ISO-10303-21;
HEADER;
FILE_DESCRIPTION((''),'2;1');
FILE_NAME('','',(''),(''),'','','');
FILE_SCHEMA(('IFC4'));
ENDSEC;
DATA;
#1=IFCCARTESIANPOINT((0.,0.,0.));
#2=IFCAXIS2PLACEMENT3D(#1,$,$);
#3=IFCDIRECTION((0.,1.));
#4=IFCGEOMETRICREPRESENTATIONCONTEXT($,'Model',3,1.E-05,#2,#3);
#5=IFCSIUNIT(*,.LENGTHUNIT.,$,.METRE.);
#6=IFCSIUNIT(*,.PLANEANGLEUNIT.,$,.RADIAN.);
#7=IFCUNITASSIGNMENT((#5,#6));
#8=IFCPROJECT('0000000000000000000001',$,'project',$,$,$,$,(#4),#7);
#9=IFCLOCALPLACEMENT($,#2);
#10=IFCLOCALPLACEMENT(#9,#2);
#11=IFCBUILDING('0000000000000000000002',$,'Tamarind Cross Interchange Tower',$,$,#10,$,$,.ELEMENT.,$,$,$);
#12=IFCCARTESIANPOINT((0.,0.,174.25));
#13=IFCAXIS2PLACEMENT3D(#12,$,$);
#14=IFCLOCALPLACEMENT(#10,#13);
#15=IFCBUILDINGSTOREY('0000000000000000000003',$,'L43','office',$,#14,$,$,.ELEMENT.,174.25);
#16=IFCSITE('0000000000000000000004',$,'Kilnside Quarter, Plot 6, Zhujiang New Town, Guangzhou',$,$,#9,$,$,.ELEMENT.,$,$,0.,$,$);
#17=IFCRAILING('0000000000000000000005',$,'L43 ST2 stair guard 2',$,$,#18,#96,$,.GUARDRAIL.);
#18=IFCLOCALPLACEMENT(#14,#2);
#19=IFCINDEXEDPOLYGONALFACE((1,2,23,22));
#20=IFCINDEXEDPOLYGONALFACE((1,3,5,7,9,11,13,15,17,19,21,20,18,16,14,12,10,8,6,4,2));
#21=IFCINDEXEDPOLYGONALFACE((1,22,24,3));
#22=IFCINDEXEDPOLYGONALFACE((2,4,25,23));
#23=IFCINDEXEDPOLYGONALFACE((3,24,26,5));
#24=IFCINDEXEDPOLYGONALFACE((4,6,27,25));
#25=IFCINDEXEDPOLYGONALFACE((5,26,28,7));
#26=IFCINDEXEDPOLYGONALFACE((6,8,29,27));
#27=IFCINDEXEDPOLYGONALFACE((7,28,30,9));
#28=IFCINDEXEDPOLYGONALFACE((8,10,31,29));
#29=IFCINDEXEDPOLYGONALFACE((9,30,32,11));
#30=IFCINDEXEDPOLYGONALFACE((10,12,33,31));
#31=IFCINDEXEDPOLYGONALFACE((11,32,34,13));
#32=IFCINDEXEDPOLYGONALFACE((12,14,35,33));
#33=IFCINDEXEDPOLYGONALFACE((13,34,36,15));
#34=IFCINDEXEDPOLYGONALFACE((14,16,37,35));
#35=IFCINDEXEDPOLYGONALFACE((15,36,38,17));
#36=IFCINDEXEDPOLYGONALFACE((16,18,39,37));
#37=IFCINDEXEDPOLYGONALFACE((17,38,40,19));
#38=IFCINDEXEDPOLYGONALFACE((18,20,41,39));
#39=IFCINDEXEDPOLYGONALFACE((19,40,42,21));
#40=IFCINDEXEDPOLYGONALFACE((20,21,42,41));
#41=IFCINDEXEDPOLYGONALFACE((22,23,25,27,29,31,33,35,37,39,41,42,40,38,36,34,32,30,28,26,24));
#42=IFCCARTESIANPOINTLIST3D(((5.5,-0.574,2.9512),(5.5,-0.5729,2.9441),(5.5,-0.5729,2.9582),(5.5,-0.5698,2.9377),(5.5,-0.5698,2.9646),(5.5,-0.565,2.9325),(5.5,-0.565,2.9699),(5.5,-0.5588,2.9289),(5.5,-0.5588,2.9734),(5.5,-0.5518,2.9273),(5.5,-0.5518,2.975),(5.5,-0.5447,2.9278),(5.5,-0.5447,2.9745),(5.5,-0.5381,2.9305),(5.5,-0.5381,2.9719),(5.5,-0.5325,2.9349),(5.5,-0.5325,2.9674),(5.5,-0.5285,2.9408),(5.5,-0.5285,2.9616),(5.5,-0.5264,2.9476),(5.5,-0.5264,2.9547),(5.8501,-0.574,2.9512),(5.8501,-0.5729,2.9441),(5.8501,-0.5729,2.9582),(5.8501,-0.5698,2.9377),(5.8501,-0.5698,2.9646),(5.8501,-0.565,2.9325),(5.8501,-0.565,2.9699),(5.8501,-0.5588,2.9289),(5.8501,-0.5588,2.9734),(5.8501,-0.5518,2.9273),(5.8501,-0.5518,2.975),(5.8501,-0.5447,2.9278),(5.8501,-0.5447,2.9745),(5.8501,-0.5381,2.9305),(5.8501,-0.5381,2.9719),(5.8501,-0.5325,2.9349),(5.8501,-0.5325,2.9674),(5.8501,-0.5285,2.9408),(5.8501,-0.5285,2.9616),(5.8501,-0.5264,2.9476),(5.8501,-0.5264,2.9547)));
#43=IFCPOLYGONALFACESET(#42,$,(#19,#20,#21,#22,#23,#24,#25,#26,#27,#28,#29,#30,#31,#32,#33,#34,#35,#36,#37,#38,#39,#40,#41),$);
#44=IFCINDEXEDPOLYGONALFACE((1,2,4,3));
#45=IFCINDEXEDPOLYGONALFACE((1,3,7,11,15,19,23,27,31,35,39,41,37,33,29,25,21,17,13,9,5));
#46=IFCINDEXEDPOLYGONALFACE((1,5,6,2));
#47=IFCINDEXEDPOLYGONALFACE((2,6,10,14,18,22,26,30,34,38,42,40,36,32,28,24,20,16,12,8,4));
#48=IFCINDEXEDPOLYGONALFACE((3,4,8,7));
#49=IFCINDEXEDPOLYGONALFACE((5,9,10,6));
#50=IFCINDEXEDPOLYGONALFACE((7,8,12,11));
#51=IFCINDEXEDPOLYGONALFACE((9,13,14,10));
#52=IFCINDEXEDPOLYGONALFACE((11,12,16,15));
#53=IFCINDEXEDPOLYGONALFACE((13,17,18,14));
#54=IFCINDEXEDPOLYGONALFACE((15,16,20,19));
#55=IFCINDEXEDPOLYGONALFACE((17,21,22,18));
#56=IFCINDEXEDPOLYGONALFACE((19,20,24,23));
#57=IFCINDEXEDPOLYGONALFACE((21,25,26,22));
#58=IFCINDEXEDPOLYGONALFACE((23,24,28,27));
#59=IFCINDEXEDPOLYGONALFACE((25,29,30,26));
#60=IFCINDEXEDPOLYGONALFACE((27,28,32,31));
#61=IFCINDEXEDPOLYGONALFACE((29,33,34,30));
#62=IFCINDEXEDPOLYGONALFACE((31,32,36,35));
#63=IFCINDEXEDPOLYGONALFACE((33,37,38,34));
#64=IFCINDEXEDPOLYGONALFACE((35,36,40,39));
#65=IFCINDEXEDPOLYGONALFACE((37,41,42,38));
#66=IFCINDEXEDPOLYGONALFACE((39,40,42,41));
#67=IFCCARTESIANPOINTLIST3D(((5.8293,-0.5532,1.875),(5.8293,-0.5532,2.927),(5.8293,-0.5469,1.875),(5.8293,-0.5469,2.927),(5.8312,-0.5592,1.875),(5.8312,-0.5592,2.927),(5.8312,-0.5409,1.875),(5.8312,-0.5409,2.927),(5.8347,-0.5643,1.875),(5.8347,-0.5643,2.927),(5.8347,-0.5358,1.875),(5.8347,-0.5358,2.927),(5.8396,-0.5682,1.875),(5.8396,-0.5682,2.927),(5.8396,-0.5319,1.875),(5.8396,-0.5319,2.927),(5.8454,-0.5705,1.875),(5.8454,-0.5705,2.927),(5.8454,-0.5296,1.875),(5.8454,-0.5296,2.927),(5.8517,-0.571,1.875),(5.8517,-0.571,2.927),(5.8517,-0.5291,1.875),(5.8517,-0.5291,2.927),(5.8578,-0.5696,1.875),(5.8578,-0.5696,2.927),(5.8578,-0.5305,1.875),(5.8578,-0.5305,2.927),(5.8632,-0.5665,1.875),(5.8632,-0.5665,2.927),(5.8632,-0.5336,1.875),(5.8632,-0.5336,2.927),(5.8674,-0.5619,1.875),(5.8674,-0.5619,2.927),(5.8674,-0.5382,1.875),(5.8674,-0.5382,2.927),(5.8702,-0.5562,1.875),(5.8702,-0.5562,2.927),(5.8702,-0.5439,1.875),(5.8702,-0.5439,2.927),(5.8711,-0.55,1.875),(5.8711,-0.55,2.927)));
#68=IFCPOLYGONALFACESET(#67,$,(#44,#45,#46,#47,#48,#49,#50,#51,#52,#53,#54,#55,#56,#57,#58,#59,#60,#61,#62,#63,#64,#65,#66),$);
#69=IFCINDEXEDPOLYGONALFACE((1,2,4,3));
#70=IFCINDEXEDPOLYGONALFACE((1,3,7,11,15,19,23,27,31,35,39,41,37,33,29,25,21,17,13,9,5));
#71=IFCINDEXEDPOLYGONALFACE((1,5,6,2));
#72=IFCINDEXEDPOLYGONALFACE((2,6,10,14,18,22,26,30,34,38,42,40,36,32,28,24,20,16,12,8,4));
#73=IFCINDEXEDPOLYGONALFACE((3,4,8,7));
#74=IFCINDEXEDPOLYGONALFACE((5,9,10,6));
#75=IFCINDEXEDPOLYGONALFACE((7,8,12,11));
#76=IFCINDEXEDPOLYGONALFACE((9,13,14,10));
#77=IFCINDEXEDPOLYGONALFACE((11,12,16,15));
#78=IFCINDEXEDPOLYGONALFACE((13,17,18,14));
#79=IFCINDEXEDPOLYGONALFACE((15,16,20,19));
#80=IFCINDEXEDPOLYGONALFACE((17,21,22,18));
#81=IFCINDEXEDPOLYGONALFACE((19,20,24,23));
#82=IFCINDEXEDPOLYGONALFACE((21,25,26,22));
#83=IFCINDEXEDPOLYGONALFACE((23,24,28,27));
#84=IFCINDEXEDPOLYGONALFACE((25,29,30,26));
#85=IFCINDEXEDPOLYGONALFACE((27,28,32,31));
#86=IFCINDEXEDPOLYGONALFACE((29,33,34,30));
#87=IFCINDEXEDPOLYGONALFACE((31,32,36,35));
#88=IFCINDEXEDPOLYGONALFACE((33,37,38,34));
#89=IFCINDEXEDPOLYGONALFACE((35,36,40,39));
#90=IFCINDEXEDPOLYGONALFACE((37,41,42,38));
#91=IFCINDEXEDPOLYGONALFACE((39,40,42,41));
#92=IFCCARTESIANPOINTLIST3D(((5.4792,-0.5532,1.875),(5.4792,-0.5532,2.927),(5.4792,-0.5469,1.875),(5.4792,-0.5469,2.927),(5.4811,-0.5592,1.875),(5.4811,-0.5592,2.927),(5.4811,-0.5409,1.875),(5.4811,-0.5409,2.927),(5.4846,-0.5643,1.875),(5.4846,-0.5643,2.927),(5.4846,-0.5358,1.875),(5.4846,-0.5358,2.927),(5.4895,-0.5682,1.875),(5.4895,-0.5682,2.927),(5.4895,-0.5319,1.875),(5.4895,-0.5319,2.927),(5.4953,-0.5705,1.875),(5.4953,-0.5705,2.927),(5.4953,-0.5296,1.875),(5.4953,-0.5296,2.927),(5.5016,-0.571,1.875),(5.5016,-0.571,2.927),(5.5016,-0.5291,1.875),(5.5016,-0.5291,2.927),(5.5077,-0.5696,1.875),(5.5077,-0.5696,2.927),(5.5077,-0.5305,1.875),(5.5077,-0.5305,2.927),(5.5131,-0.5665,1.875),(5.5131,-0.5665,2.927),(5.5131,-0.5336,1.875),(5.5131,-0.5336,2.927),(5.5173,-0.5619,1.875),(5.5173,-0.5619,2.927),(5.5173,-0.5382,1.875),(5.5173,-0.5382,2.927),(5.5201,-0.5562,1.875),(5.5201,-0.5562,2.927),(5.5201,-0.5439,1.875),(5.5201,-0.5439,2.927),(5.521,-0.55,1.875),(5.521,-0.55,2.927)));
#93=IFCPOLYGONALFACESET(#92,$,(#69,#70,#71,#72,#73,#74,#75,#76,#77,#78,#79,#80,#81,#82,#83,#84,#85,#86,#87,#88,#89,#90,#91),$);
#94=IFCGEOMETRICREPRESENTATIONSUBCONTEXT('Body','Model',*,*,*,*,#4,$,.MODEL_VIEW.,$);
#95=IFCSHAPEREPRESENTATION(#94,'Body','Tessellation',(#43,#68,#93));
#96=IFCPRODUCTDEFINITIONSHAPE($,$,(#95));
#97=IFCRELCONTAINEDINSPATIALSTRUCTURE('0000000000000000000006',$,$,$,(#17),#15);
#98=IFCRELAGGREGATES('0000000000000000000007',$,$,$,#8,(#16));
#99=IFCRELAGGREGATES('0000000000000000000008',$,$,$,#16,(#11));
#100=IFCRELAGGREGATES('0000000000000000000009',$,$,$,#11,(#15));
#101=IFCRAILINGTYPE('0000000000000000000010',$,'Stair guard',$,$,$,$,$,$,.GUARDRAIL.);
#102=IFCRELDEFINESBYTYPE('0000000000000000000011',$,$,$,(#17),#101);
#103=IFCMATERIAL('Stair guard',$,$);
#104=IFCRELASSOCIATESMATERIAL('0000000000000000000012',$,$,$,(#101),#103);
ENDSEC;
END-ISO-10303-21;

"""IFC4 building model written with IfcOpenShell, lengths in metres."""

from ifc_helpers import new_model, si_unit, direction, frame, origin, origin_2d, place, context, subcontext, project, spatial, circle, extrude, material, type_object, element, save


model = new_model("IFC4")

# Units and contexts
model_context = context("Model", 3, precision=1e-05, world=origin(), true_north=direction((0.0, 1.0)))
body_context = subcontext(model_context, "Body", "Model", "MODEL_VIEW")
ifc_project = project(units=[si_unit("LENGTHUNIT", "METRE"), si_unit("PLANEANGLEUNIT", "RADIAN")], contexts=[model_context])

# Site, building, storey
site_placement = place(None, origin())
site = spatial("IfcSite", under=ifc_project, at=site_placement, Name="Kilnside Quarter, Plot 6, Zhujiang New Town, Guangzhou", CompositionType="ELEMENT", RefElevation=0.0)
building_placement = place(site_placement, origin())
building = spatial("IfcBuilding", under=site, at=building_placement, Name="Tamarind Cross Interchange Tower", CompositionType="ELEMENT")
storey_placement = place(building_placement, frame((0.0, 0.0, 174.25)))
storey = spatial("IfcBuildingStorey", under=building, at=storey_placement, Name="L43", Description="office", CompositionType="ELEMENT", Elevation=174.25)

# Railing
ifc_material_1 = material(Name="Stair guard")
railing_type_1 = type_object("IfcRailingType", Name="Stair guard", PredefinedType="GUARDRAIL", material=ifc_material_1)
railing_1_placement = place(storey_placement, frame((5.8501, -0.55, 1.875)))
element("IfcRailing", 1, at=railing_1_placement, inside=storey, type_object=railing_type_1, Name="L43 ST2 stair guard 2", PredefinedType="GUARDRAIL", context=body_context, shape_type="SweptSolid", body=[
    extrude(circle(Radius=0.0239, at=origin_2d()), frame((0.0, 0.0, 1.0762), z_axis=(-1.0, 0.0, 0.0), x_axis=(0.0, -1.0, 0.0)), (0.0, 0.0, 1.0), 0.3501),
    extrude(circle(Radius=0.021, at=origin_2d()), origin(), (0.0, 0.0, 1.0), 1.052),
    extrude(circle(Radius=0.021, at=origin_2d()), frame((-0.3501, 0.0, 0.0)), (0.0, 0.0, 1.0), 1.052),
])

save(model, "model.ifc")
